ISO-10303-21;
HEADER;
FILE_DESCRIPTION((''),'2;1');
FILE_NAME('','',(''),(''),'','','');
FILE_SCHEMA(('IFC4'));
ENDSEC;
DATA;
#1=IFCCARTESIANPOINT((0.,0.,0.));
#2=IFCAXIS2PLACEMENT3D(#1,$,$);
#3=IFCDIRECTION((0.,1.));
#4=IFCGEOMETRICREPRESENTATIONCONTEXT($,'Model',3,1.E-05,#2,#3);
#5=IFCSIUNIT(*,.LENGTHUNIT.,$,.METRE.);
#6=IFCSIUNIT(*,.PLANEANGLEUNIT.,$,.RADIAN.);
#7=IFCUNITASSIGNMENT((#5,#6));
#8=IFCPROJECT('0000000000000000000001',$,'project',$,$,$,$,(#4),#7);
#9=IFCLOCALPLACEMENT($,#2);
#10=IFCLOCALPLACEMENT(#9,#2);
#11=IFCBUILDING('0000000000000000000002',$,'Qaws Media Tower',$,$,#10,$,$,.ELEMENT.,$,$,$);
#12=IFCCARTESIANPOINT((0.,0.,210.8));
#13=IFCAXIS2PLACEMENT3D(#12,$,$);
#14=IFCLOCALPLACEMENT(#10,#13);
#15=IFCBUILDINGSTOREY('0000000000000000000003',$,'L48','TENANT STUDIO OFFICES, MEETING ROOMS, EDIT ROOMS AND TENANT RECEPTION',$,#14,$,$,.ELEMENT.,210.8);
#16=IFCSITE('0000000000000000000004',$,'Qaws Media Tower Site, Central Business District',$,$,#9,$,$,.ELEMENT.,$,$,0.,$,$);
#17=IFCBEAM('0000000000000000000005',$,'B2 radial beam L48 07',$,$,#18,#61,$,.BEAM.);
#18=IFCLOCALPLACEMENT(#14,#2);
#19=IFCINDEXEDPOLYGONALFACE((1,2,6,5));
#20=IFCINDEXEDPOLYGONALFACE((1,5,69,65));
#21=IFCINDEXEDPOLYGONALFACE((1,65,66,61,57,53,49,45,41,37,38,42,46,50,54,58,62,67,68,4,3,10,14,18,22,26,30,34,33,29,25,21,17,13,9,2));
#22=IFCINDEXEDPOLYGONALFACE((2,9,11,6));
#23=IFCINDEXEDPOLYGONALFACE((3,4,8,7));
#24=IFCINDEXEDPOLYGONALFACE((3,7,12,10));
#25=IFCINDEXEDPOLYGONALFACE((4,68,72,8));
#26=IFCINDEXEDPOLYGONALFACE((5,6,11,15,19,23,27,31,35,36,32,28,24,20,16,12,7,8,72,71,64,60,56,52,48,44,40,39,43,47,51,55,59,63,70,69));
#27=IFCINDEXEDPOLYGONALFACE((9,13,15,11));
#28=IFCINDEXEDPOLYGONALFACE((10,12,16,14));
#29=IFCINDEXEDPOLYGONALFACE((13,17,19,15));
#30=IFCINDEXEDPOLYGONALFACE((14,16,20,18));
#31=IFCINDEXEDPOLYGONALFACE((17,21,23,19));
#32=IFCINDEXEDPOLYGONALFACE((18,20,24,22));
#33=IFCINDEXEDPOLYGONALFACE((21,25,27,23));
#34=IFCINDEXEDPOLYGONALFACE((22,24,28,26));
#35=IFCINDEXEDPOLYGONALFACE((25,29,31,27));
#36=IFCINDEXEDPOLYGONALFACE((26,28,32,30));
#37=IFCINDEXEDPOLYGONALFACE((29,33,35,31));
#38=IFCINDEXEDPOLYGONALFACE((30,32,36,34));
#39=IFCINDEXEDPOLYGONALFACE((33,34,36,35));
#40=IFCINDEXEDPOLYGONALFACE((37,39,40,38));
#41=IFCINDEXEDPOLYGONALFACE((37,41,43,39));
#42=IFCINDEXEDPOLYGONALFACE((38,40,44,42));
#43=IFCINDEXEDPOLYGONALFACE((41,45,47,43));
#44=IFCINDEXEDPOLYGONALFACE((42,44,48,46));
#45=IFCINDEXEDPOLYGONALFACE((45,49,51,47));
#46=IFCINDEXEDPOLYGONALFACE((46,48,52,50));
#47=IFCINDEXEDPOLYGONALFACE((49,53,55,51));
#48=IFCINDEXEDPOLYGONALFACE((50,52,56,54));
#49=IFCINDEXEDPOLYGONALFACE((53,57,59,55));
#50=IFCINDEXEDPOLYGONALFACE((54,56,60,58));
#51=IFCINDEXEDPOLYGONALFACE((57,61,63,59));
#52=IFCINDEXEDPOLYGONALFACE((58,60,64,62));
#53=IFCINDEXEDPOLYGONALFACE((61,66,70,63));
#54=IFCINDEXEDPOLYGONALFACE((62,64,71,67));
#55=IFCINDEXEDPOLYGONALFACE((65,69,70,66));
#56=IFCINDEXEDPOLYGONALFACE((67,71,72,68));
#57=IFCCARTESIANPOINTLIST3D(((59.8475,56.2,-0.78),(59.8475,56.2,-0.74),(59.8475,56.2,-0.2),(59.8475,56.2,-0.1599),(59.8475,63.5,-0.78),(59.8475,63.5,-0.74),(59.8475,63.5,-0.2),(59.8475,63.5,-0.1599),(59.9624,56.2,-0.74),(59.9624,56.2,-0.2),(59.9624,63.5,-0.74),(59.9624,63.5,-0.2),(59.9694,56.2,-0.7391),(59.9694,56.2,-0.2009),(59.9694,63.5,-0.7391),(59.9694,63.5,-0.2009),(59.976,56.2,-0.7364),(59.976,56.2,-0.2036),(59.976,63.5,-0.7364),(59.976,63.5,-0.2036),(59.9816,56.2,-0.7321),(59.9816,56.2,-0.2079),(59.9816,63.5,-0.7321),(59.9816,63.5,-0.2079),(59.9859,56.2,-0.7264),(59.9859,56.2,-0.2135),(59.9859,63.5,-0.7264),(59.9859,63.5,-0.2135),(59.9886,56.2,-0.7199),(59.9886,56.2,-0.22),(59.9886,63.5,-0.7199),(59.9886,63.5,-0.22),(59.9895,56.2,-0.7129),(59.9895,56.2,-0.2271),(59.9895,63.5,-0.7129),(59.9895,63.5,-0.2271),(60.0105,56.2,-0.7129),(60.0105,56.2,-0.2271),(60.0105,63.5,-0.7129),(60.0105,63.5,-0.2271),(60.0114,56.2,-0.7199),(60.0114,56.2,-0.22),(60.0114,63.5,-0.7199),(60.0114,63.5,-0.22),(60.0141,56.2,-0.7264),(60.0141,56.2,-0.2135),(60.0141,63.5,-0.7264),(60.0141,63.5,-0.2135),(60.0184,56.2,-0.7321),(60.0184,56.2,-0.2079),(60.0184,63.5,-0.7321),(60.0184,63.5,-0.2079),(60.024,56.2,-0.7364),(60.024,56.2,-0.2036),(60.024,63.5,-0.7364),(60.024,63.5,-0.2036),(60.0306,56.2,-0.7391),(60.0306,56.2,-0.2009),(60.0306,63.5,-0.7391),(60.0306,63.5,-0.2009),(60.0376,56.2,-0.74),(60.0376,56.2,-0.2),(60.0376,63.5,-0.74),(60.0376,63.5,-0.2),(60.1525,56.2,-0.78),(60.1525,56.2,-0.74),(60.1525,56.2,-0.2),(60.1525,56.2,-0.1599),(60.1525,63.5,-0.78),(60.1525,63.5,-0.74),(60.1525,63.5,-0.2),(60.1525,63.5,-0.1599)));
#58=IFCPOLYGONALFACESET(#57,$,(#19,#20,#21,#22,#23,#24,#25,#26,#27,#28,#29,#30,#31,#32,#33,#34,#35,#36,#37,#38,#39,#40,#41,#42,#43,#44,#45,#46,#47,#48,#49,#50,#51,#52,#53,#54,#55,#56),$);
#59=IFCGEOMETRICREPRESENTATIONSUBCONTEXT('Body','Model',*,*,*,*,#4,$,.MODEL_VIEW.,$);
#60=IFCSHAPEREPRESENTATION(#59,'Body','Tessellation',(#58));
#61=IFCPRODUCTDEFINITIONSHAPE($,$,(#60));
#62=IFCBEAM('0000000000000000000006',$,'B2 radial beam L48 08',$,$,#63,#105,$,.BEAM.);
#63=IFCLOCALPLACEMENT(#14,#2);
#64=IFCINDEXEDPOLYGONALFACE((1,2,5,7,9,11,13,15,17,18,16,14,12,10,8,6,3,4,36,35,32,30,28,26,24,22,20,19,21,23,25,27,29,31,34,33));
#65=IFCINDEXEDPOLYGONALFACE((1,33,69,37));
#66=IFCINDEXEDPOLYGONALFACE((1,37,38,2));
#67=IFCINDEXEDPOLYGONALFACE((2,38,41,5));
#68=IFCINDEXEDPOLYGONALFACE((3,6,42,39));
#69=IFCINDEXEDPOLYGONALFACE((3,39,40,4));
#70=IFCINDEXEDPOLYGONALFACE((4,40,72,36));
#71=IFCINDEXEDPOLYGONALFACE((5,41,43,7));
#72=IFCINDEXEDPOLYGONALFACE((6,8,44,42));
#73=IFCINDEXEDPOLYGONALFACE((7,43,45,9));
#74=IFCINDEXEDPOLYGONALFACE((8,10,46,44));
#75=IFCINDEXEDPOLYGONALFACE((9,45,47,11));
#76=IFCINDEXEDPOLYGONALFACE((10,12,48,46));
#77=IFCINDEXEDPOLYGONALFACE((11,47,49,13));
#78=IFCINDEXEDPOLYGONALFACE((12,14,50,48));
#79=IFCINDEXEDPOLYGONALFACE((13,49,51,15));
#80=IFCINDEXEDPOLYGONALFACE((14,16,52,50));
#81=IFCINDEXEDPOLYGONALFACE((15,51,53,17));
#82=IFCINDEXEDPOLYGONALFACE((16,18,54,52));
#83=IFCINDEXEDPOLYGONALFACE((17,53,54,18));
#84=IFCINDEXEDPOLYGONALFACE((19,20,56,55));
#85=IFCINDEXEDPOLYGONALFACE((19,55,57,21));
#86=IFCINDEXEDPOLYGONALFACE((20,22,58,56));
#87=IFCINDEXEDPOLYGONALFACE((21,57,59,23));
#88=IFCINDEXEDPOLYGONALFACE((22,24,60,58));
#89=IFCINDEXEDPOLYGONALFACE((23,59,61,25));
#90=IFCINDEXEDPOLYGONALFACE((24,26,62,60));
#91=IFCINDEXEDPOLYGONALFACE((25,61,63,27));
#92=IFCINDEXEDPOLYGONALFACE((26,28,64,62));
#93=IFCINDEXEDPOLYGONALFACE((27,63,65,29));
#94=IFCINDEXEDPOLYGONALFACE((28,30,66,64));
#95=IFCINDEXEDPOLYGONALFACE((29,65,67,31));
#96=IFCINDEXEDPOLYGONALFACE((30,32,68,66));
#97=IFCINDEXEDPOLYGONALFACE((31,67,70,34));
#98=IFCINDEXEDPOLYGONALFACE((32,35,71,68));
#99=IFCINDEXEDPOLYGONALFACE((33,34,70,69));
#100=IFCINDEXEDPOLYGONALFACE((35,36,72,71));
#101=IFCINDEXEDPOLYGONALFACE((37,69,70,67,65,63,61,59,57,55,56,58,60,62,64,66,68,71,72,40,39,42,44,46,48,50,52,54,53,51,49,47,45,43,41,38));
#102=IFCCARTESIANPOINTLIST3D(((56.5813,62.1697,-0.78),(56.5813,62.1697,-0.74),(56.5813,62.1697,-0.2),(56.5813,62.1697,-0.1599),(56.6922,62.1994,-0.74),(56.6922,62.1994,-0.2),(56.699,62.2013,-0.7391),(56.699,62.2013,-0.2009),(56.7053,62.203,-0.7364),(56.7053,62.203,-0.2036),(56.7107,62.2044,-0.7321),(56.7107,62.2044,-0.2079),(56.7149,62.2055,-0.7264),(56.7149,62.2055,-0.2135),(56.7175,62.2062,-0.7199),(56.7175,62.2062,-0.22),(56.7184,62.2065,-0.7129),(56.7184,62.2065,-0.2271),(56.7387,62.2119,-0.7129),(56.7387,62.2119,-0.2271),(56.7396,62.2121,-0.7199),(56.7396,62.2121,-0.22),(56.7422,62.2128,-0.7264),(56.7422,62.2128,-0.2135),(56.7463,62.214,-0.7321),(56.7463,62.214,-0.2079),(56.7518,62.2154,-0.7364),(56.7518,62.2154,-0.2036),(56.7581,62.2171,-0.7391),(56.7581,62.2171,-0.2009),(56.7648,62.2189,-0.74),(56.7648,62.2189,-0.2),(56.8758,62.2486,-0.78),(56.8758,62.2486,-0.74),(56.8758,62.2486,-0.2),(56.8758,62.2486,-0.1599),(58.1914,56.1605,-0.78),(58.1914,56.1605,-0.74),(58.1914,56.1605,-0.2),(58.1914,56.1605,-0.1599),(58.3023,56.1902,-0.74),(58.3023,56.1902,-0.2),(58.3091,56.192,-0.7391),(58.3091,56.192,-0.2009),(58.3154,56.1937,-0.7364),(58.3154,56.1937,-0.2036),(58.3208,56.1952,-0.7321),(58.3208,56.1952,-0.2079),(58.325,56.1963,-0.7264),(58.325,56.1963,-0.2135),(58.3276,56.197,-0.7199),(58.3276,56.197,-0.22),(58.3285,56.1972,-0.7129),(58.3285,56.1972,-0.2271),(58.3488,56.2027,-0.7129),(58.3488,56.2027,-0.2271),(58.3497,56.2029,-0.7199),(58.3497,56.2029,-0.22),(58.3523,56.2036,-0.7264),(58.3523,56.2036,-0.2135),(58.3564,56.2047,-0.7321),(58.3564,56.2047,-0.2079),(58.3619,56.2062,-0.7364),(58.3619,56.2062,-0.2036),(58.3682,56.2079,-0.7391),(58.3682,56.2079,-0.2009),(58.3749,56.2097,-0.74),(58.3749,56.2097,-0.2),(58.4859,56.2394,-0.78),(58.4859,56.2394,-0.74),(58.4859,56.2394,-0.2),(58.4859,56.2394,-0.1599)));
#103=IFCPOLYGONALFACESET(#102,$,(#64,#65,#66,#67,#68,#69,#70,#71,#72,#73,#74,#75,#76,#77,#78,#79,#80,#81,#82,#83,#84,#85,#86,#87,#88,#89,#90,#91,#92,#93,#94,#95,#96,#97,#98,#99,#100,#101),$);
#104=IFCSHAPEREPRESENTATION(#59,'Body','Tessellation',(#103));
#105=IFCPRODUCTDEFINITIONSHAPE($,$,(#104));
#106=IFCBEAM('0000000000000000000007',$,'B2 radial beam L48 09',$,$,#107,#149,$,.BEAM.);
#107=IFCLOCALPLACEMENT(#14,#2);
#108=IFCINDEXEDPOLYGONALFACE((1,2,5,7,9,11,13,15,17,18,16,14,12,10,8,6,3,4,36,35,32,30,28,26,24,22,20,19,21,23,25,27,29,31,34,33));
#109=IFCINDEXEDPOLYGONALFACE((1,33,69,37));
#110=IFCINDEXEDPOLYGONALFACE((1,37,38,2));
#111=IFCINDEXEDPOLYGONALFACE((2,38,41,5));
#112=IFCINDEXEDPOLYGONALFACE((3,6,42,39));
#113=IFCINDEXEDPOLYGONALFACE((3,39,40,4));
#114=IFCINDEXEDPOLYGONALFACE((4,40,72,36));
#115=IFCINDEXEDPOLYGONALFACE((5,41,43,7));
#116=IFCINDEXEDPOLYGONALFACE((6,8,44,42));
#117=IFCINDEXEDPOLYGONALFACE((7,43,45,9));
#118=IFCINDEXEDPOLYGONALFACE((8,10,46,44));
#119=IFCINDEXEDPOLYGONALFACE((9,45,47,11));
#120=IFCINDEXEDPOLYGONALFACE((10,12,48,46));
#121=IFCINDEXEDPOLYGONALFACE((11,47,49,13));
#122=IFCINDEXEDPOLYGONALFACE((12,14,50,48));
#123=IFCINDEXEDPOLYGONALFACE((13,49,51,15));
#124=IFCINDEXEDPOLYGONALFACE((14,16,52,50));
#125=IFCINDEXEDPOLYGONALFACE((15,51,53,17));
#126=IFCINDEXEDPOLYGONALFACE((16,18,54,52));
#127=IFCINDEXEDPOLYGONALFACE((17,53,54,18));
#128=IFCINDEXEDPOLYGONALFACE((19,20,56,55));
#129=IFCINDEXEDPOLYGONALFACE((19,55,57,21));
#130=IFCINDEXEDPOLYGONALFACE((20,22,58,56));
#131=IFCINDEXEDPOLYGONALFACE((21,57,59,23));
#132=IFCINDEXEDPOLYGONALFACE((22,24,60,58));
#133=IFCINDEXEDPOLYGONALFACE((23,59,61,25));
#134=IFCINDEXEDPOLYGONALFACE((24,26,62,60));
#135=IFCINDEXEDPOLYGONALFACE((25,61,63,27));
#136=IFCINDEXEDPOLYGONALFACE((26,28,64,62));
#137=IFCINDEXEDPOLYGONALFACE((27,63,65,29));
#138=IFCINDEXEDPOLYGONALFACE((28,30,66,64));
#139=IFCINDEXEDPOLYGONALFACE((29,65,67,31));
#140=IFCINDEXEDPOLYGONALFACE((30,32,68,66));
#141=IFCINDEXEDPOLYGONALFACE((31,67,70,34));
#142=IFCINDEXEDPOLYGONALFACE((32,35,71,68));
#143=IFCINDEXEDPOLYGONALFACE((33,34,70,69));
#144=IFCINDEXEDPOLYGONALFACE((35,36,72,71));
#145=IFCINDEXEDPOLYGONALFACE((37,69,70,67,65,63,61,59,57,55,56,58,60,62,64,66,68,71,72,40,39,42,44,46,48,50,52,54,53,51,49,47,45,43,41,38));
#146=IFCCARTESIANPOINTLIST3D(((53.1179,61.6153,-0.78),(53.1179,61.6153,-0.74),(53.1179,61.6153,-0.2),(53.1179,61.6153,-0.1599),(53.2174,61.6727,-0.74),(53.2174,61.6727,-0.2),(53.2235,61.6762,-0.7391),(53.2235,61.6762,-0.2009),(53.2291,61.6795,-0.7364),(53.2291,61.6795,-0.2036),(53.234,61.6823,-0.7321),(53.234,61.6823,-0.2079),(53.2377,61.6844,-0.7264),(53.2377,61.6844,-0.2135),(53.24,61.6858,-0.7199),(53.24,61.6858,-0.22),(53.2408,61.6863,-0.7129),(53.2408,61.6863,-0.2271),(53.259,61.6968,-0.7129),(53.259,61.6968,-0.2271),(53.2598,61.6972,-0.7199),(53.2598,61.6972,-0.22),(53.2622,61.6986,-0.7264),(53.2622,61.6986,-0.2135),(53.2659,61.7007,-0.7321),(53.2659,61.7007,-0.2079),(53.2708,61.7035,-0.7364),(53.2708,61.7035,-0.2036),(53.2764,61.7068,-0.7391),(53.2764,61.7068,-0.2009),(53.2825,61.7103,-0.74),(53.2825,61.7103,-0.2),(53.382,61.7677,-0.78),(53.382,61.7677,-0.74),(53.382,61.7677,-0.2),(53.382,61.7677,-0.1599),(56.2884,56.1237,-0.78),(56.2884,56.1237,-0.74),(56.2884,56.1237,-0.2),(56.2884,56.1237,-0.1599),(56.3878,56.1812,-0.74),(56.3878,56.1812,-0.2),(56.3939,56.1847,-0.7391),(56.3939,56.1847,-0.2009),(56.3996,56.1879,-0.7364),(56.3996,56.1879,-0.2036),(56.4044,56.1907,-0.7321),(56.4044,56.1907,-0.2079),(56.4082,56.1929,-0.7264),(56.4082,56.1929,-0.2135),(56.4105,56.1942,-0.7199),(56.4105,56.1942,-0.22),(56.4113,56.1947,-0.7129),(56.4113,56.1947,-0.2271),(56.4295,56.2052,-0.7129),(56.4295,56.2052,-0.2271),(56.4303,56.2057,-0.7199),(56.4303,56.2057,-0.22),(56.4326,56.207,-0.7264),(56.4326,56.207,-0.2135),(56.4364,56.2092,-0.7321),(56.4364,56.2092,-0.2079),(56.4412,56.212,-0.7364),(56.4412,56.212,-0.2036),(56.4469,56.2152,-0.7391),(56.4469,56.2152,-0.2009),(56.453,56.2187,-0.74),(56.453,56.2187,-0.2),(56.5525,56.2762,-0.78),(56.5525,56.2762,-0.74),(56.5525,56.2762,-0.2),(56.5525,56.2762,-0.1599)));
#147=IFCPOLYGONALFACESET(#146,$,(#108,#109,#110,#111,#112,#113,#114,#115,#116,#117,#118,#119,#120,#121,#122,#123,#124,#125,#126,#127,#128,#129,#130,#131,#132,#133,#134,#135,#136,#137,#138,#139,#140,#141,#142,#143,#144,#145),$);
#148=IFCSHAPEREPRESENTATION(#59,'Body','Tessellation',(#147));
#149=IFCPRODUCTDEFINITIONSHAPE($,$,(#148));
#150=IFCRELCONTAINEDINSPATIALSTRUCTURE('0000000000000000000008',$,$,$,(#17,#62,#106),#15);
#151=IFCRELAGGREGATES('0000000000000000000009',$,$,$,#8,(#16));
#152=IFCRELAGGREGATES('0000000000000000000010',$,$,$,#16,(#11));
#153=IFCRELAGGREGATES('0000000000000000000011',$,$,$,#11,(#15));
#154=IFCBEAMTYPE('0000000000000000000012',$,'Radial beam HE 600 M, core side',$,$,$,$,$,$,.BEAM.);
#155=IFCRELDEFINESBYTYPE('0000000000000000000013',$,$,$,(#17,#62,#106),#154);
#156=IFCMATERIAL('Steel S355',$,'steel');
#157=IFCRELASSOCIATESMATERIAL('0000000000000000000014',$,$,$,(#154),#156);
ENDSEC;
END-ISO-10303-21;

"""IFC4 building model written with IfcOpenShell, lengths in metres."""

from ifc_helpers import new_model, si_unit, direction, frame, origin, origin_2d, place, context, subcontext, project, spatial, i_section, extrude, material, material_profile, profile_set, type_object, element, save


model = new_model("IFC4")

# Units and contexts
model_context = context("Model", 3, precision=1e-05, world=origin(), true_north=direction((0.0, 1.0)))
body_context = subcontext(model_context, "Body", "Model", "MODEL_VIEW")
ifc_project = project(units=[si_unit("LENGTHUNIT", "METRE"), si_unit("PLANEANGLEUNIT", "RADIAN")], contexts=[model_context])

# Site, building, storey
site_placement = place(None, origin())
site = spatial("IfcSite", under=ifc_project, at=site_placement, Name="Qaws Media Tower Site, Central Business District", CompositionType="ELEMENT", RefElevation=0.0)
building_placement = place(site_placement, origin())
building = spatial("IfcBuilding", under=site, at=building_placement, Name="Qaws Media Tower", CompositionType="ELEMENT")
storey_placement = place(building_placement, frame((0.0, 0.0, 210.8)))
storey = spatial("IfcBuildingStorey", under=building, at=storey_placement, Name="L48", Description="TENANT STUDIO OFFICES, MEETING ROOMS, EDIT ROOMS AND TENANT RECEPTION", CompositionType="ELEMENT", Elevation=210.8)

# Beams
ifc_material_1 = material(Name="Steel S355", Category="steel")
ifc_material_profile = material_profile(ifc_material_1, i_section(OverallWidth=0.3049, OverallDepth=0.6201, WebThickness=0.021, FlangeThickness=0.04, FilletRadius=0.0271, at=origin_2d()), Name="HE 600 M")
ifc_profile_set = profile_set([ifc_material_profile], Name="Steel S355")
beam_type = type_object("IfcBeamType", Name="Radial beam HE 600 M, core side", PredefinedType="BEAM", material=ifc_profile_set)
beam_1_placement = place(storey_placement, frame((60.0, 56.2, -0.47), z_axis=(0.0, 1.0, 0.0), x_axis=(-1.0, 0.0, 0.0)))
element("IfcBeam", 1, at=beam_1_placement, inside=storey, type_object=beam_type, Name="B2 radial beam L48 07", PredefinedType="BEAM", context=body_context, shape_type="SweptSolid", body=[
    extrude(i_section(OverallWidth=0.3049, OverallDepth=0.6201, WebThickness=0.021, FlangeThickness=0.04, FilletRadius=0.0271, at=origin_2d()), origin(), (0.0, 0.0, 1.0), 7.3),
])
beam_2_placement = place(storey_placement, frame((58.3386, 56.2, -0.47), z_axis=(-0.258808, 0.965929, 0.0), x_axis=(-0.965929, -0.258808, 0.0)))
element("IfcBeam", 2, at=beam_2_placement, inside=storey, type_object=beam_type, Name="B2 radial beam L48 08", PredefinedType="BEAM", context=body_context, shape_type="SweptSolid", body=[
    extrude(i_section(OverallWidth=0.3049, OverallDepth=0.6201, WebThickness=0.021, FlangeThickness=0.04, FilletRadius=0.0271, at=origin_2d()), origin(), (0.0, 0.0, 1.0), 6.2212),
])
beam_3_placement = place(storey_placement, frame((56.4204, 56.2, -0.47), z_axis=(-0.49999, 0.866031, 0.0), x_axis=(-0.866031, -0.49999, 0.0)))
element("IfcBeam", 3, at=beam_3_placement, inside=storey, type_object=beam_type, Name="B2 radial beam L48 09", PredefinedType="BEAM", context=body_context, shape_type="SweptSolid", body=[
    extrude(i_section(OverallWidth=0.3049, OverallDepth=0.6201, WebThickness=0.021, FlangeThickness=0.04, FilletRadius=0.0271, at=origin_2d()), origin(), (0.0, 0.0, 1.0), 6.3411),
])

save(model, "model.ifc")
